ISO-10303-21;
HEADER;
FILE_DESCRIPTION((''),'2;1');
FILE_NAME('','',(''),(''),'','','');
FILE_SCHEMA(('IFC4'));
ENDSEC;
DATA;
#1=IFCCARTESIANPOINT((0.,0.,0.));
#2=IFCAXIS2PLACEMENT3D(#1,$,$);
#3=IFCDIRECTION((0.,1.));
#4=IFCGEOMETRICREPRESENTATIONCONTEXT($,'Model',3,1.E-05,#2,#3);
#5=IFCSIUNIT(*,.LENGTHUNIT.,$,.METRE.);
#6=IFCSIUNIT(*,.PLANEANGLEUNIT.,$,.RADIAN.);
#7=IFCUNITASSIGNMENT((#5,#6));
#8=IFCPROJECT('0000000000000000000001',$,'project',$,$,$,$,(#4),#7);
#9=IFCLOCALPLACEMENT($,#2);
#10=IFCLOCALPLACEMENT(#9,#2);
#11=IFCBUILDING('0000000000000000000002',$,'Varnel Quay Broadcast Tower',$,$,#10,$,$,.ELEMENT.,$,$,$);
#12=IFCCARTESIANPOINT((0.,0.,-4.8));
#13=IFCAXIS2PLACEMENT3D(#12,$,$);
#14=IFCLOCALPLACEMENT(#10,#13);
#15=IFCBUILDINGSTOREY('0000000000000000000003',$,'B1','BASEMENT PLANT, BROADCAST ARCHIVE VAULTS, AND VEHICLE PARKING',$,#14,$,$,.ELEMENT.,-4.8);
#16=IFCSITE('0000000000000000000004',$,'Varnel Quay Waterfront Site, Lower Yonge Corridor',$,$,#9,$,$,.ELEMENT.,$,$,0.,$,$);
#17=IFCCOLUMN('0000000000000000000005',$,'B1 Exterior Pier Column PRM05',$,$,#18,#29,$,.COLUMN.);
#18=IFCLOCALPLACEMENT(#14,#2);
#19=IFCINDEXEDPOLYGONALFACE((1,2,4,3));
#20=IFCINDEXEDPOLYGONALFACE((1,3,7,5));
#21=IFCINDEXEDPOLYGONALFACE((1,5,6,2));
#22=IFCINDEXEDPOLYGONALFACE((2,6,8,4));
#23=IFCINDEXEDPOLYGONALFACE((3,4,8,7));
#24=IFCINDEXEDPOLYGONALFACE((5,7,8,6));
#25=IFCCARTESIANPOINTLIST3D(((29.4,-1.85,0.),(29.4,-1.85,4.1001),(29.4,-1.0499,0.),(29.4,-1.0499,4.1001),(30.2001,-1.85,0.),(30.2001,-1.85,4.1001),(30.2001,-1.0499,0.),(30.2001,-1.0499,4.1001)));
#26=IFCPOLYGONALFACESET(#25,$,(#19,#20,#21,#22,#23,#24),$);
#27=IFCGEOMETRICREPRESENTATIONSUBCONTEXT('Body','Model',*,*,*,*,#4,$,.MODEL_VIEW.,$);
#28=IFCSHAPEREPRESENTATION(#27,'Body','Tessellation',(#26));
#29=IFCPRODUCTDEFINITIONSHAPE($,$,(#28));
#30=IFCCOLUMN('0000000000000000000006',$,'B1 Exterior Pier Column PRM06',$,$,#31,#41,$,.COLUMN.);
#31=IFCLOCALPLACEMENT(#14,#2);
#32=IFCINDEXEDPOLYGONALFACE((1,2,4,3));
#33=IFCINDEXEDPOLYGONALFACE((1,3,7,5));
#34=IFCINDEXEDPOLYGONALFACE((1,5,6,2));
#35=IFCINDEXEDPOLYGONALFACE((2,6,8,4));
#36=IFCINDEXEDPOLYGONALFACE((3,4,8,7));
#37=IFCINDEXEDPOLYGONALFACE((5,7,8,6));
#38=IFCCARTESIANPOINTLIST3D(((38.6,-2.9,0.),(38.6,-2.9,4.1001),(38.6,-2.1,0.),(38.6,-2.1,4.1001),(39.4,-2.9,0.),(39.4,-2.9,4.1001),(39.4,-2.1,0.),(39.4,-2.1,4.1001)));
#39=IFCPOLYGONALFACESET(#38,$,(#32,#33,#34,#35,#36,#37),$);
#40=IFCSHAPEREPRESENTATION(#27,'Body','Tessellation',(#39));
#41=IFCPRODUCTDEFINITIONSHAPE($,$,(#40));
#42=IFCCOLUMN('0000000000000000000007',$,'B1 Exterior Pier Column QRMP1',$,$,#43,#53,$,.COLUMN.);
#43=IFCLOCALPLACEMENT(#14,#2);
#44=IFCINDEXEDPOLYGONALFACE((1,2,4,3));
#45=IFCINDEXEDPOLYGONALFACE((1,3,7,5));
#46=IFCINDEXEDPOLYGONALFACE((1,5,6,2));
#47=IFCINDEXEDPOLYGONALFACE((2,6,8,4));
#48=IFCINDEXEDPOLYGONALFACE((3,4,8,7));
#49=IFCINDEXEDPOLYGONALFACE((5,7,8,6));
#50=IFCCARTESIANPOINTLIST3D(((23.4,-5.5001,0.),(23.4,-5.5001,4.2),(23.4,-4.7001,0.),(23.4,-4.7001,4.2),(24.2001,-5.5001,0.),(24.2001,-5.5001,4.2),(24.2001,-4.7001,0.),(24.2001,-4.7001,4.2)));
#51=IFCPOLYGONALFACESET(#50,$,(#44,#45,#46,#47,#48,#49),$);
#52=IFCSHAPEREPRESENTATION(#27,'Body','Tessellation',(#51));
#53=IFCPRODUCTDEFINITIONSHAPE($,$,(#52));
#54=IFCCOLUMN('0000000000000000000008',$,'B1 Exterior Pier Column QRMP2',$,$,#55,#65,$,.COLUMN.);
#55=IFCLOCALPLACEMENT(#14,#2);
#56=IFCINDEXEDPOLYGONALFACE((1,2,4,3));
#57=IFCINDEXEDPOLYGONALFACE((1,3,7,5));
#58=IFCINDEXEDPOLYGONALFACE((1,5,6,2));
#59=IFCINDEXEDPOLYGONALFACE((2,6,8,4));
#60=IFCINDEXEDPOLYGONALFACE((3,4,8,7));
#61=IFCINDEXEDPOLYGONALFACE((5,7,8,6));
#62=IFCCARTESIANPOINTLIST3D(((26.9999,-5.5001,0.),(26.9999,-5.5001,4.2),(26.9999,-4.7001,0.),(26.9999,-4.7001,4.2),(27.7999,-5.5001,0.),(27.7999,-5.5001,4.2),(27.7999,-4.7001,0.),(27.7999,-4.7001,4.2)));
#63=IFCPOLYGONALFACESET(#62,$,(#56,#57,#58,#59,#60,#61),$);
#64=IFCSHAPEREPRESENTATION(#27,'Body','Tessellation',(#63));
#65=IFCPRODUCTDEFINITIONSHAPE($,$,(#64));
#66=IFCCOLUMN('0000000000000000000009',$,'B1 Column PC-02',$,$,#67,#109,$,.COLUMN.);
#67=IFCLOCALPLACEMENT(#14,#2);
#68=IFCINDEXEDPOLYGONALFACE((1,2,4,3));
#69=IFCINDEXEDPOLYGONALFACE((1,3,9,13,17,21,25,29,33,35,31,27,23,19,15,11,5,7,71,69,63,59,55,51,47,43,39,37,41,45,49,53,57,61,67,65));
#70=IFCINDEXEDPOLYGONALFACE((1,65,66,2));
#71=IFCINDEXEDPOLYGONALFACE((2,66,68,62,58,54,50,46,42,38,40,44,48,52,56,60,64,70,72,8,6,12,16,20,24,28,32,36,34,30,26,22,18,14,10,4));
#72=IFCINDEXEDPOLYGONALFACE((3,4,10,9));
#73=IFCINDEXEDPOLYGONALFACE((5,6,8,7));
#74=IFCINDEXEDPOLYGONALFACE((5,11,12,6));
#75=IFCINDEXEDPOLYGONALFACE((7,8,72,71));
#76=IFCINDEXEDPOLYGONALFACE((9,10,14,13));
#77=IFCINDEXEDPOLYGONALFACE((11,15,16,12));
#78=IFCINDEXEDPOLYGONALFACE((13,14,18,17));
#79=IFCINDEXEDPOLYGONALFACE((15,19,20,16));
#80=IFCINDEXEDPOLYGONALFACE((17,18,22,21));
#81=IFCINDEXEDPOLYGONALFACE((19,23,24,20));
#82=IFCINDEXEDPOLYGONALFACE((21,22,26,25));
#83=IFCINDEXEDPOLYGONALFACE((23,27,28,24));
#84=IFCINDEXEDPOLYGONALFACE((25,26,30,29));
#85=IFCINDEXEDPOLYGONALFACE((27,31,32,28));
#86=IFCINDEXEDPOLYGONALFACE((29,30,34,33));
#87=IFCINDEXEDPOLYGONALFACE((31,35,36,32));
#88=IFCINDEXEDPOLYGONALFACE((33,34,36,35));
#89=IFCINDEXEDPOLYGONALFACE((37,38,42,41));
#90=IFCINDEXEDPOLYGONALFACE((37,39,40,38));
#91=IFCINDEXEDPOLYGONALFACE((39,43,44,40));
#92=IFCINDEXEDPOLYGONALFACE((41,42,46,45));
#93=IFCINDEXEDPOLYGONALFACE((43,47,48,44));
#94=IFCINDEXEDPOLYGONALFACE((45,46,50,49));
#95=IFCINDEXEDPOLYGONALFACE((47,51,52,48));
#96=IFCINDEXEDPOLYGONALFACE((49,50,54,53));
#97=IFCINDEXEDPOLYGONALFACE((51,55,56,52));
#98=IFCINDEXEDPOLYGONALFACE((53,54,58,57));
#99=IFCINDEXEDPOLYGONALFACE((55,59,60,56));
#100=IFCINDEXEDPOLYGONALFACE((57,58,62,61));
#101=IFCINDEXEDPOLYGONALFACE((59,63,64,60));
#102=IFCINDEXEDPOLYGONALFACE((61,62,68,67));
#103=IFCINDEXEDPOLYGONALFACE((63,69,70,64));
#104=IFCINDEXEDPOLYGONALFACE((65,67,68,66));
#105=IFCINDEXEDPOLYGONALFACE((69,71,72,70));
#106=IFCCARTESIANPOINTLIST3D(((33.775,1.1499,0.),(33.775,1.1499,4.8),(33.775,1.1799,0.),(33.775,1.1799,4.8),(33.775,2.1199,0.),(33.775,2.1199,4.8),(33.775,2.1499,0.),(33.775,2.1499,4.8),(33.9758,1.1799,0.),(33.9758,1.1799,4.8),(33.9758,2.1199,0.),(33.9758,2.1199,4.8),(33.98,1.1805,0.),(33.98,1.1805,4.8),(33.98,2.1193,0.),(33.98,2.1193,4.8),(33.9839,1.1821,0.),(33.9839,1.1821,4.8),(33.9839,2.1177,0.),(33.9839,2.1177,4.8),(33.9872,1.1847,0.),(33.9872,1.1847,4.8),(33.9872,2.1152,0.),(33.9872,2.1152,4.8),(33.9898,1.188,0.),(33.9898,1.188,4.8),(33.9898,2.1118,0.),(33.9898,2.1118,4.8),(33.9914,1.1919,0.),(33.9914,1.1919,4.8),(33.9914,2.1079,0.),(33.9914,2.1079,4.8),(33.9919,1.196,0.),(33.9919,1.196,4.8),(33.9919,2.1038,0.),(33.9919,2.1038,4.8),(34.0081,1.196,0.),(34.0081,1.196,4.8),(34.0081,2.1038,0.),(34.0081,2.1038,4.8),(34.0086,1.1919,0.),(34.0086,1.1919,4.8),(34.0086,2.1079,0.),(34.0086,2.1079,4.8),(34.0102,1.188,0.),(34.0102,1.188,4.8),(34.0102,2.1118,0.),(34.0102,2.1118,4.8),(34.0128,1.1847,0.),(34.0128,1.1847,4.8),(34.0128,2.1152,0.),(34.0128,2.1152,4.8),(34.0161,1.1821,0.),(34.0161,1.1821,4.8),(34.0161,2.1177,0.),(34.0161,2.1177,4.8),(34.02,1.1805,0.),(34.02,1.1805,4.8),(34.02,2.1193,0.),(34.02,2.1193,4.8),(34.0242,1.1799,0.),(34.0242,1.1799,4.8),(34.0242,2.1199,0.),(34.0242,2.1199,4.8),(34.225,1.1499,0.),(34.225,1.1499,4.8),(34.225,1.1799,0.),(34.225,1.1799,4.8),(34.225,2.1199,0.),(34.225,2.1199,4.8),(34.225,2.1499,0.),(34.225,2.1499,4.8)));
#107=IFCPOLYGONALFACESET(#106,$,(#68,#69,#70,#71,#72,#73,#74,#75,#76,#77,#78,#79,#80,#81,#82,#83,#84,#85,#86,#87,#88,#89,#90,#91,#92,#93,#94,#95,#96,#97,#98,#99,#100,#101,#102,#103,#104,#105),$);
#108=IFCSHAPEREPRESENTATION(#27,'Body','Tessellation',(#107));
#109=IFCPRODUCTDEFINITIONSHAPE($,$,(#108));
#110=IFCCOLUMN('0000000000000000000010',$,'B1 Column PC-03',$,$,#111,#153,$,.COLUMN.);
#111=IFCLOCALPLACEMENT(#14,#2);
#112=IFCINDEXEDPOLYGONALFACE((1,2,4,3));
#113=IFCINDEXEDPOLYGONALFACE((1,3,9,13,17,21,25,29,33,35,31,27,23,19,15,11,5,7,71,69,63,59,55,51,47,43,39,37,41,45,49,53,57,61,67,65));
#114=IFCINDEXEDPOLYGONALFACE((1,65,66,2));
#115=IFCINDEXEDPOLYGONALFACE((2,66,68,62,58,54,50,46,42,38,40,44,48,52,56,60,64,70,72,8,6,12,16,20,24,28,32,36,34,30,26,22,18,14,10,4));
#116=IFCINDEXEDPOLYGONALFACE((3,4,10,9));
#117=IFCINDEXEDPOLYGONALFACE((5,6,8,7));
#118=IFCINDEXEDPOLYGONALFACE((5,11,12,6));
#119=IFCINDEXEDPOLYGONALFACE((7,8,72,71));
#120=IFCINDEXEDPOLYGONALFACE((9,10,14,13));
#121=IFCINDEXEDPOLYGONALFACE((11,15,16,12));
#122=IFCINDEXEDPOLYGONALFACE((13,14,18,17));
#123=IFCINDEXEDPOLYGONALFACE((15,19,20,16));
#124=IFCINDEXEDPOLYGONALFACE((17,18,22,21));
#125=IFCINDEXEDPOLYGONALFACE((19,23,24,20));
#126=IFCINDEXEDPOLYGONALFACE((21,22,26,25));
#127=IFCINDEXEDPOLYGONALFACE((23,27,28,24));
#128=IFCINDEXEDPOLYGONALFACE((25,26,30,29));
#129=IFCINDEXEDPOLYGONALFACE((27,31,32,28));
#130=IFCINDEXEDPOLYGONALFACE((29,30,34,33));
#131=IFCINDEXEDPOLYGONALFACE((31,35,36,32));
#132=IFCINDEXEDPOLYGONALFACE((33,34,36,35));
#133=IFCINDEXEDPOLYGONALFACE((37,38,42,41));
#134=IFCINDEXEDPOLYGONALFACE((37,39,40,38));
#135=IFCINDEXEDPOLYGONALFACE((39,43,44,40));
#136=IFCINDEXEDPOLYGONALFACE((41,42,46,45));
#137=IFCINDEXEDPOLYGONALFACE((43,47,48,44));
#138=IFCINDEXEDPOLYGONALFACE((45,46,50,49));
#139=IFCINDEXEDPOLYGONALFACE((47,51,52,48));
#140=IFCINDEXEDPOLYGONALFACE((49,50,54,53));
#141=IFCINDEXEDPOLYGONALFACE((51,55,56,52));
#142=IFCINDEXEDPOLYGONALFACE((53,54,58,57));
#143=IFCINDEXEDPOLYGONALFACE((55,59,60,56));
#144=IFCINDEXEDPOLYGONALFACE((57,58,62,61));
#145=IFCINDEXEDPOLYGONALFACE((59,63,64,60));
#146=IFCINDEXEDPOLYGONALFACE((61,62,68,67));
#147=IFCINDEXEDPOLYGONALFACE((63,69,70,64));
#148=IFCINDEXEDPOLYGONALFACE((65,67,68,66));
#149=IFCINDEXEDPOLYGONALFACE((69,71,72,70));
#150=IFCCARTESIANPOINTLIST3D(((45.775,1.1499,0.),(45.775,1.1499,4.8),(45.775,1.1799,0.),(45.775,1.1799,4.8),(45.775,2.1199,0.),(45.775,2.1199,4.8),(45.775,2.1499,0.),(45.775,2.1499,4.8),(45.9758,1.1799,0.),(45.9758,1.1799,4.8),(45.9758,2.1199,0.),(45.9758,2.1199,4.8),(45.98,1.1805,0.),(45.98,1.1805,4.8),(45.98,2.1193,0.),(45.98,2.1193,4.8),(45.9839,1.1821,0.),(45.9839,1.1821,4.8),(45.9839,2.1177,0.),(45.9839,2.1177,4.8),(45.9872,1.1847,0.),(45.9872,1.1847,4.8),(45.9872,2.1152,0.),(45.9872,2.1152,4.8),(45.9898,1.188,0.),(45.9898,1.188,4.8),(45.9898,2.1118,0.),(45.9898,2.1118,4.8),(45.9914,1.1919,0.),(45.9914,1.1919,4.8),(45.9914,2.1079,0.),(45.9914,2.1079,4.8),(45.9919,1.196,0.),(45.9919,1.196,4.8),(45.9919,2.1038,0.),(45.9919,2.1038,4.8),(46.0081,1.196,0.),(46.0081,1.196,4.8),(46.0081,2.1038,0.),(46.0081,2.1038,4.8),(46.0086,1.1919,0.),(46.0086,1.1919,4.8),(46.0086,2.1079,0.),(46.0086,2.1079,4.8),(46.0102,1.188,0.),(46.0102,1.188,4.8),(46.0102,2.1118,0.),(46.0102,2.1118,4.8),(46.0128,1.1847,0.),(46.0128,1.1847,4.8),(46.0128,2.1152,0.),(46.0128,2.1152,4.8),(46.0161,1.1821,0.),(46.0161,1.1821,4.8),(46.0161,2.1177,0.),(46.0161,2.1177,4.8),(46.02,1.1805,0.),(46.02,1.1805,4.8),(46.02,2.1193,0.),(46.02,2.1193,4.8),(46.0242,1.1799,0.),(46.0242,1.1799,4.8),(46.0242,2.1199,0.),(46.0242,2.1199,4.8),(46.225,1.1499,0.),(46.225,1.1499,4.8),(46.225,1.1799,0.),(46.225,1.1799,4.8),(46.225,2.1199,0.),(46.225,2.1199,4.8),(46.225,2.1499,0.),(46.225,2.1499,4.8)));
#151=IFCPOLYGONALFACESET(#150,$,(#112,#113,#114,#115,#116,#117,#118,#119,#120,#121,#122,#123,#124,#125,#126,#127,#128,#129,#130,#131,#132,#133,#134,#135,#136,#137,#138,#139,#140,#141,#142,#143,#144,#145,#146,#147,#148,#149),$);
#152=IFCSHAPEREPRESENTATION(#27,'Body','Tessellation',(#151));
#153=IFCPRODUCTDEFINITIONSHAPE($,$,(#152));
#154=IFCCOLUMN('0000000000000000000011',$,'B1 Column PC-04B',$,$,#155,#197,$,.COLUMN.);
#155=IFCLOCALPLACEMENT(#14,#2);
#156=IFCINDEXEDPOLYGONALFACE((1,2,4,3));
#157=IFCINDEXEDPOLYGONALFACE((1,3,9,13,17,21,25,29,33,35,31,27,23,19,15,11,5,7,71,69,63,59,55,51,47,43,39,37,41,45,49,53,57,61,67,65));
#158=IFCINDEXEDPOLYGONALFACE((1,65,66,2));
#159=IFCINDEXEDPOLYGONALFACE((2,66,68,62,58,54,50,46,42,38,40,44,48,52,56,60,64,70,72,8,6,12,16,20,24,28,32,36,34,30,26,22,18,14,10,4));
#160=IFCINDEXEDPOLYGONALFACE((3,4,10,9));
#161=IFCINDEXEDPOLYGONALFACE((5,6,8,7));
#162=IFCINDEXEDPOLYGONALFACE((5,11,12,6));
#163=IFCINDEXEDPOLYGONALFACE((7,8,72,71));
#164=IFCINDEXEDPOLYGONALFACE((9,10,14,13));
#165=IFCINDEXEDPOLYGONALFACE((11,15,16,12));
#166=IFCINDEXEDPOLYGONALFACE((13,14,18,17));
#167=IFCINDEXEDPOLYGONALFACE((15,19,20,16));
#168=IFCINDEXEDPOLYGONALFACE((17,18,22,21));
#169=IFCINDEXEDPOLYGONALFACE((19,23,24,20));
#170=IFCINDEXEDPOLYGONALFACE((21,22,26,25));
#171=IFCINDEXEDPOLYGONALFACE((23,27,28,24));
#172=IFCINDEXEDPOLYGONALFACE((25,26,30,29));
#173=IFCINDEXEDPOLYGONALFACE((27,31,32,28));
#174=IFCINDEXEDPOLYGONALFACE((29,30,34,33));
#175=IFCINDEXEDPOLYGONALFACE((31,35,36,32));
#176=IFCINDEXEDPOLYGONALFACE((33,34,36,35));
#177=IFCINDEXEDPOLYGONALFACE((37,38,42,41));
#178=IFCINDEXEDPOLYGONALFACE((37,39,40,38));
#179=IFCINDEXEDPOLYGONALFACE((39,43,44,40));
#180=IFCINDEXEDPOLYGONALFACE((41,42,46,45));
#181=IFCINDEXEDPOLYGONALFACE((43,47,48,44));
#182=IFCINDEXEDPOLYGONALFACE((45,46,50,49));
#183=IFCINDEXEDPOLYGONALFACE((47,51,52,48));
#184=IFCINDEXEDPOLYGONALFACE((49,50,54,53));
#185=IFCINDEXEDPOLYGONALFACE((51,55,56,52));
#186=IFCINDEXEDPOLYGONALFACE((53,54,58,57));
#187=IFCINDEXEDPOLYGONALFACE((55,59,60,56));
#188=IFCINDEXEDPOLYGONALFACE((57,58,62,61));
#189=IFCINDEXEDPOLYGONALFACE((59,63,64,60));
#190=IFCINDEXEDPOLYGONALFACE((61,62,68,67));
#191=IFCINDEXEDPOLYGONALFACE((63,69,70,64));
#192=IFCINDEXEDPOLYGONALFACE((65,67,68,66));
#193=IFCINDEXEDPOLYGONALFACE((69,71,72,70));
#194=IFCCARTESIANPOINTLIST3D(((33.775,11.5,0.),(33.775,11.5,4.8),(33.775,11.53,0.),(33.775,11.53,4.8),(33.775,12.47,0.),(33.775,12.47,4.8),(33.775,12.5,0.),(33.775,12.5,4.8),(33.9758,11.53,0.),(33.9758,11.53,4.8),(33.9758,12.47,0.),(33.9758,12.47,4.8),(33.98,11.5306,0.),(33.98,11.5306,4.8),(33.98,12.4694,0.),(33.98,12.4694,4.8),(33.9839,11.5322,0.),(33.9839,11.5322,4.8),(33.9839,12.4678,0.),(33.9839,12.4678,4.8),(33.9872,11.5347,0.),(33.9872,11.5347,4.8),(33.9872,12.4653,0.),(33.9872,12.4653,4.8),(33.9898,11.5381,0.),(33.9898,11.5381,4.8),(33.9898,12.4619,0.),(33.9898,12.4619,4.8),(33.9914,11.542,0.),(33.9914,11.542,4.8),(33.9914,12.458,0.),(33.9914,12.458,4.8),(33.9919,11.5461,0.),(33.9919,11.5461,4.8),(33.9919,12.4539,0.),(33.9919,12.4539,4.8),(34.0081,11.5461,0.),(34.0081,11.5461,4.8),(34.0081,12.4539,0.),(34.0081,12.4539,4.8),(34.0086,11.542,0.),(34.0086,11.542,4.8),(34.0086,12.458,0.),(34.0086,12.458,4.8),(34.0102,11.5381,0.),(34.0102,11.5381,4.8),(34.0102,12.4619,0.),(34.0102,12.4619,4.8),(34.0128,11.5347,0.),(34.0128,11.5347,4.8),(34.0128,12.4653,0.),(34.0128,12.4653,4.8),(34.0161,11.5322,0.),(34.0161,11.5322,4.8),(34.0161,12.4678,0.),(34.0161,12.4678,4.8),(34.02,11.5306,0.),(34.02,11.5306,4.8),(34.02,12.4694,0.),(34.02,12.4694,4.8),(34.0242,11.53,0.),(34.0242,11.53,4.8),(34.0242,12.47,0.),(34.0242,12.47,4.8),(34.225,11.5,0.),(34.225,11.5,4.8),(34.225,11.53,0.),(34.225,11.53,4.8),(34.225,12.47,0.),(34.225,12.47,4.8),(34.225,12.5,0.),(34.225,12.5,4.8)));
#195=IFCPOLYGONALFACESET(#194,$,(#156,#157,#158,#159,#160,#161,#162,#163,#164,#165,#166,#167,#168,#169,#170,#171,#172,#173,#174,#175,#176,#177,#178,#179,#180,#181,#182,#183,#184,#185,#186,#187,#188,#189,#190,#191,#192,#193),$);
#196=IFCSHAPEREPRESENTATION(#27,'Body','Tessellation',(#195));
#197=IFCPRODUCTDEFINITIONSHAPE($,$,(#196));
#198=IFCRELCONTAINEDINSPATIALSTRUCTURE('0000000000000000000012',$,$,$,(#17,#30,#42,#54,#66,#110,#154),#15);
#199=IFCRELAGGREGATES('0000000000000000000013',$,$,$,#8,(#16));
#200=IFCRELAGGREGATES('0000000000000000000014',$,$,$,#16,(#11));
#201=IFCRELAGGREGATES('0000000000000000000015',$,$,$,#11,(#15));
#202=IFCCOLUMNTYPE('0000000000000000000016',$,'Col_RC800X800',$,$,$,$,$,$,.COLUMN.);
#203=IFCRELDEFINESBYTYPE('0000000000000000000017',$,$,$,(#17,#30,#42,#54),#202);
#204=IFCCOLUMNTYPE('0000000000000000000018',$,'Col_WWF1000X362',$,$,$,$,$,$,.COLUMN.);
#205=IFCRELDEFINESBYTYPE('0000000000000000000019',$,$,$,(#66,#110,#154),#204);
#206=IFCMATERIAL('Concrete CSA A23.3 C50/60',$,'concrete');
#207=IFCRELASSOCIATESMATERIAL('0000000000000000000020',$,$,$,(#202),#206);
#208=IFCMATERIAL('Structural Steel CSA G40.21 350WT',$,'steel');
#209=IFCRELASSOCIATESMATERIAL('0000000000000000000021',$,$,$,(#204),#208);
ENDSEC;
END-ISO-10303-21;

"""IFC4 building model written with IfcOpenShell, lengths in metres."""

from ifc_helpers import new_model, si_unit, direction, frame, origin, origin_2d, place, context, subcontext, project, spatial, rectangle, i_section, extrude, source, transform, mapped, material, material_profile, profile_set, type_object, type_shapes, element, save


model = new_model("IFC4")

# Units and contexts
model_context = context("Model", 3, precision=1e-05, world=origin(), true_north=direction((0.0, 1.0)))
body_context = subcontext(model_context, "Body", "Model", "MODEL_VIEW")
ifc_project = project(units=[si_unit("LENGTHUNIT", "METRE"), si_unit("PLANEANGLEUNIT", "RADIAN")], contexts=[model_context])

# Site, building, storey
site_placement = place(None, origin())
site = spatial("IfcSite", under=ifc_project, at=site_placement, Name="Varnel Quay Waterfront Site, Lower Yonge Corridor", CompositionType="ELEMENT", RefElevation=0.0)
building_placement = place(site_placement, origin())
building = spatial("IfcBuilding", under=site, at=building_placement, Name="Varnel Quay Broadcast Tower", CompositionType="ELEMENT")
storey_placement = place(building_placement, frame((0.0, 0.0, -4.8)))
storey = spatial("IfcBuildingStorey", under=building, at=storey_placement, Name="B1", Description="BASEMENT PLANT, BROADCAST ARCHIVE VAULTS, AND VEHICLE PARKING", CompositionType="ELEMENT", Elevation=-4.8)

# Columns
ifc_material_1 = material(Name="Concrete CSA A23.3 C50/60", Category="concrete")
ifc_material_profile_1 = material_profile(ifc_material_1, rectangle(XDim=0.8, YDim=0.8, at=origin_2d()), Name="RC800X800")
ifc_profile_set_1 = profile_set([ifc_material_profile_1], Name="Concrete CSA A23.3 C50/60")
column_type_1 = type_object("IfcColumnType", Name="Col_RC800X800", PredefinedType="COLUMN", material=ifc_profile_set_1)
shared_shape_1 = source(origin(), body_context, "Body", "SweptSolid", [
    extrude(rectangle(XDim=0.8, YDim=0.8, at=origin_2d()), origin(), (0.0, 0.0, 1.0), 4.1001),
])
for number, where, z_axis, x_axis, name in (
    (1, (29.8, -1.45, 0.0), (0.0, 0.0, 1.0), (1.0, 0.0, 0.0), "B1 Exterior Pier Column PRM05"),
    (2, (39.0, -2.5, 0.0), (0.0, 0.0, 1.0), (1.0, 0.0, 0.0), "B1 Exterior Pier Column PRM06"),
):
    element("IfcColumn", number, at=place(storey_placement, frame(where, z_axis=z_axis, x_axis=x_axis)), inside=storey, type_object=column_type_1, Name=name, PredefinedType="COLUMN", context=body_context, shape_type="MappedRepresentation", body=[
        mapped(shared_shape_1, transform((0.0, 0.0, 0.0), x_axis=(1.0, 0.0, 0.0), y_axis=(0.0, 1.0, 0.0), z_axis=(0.0, 0.0, 1.0), scale=1.0)),
    ])
shared_shape_2 = source(origin(), body_context, "Body", "SweptSolid", [
    extrude(rectangle(XDim=0.8, YDim=0.8, at=origin_2d()), origin(), (0.0, 0.0, 1.0), 4.2),
])
type_shapes(column_type_1, [shared_shape_1, shared_shape_2])
for number, where, z_axis, x_axis, name in (
    (3, (23.8, -5.1001, 0.0), (0.0, 0.0, 1.0), (1.0, 0.0, 0.0), "B1 Exterior Pier Column QRMP1"),
    (4, (27.3999, -5.1001, 0.0), (0.0, 0.0, 1.0), (1.0, 0.0, 0.0), "B1 Exterior Pier Column QRMP2"),
):
    element("IfcColumn", number, at=place(storey_placement, frame(where, z_axis=z_axis, x_axis=x_axis)), inside=storey, type_object=column_type_1, Name=name, PredefinedType="COLUMN", context=body_context, shape_type="MappedRepresentation", body=[
        mapped(shared_shape_2, transform((0.0, 0.0, 0.0), x_axis=(1.0, 0.0, 0.0), y_axis=(0.0, 1.0, 0.0), z_axis=(0.0, 0.0, 1.0), scale=1.0)),
    ])
ifc_material_2 = material(Name="Structural Steel CSA G40.21 350WT", Category="steel")
ifc_material_profile_2 = material_profile(ifc_material_2, i_section(OverallWidth=0.45, OverallDepth=1.0, WebThickness=0.0161, FlangeThickness=0.03, FilletRadius=0.0161, at=origin_2d()), Name="WWF1000X362")
ifc_profile_set_2 = profile_set([ifc_material_profile_2], Name="Structural Steel CSA G40.21 350WT")
column_type_2 = type_object("IfcColumnType", Name="Col_WWF1000X362", PredefinedType="COLUMN", material=ifc_profile_set_2)
shared_shape_3 = source(origin(), body_context, "Body", "SweptSolid", [
    extrude(i_section(OverallWidth=0.45, OverallDepth=1.0, WebThickness=0.0161, FlangeThickness=0.03, FilletRadius=0.0161, at=origin_2d()), origin(), (0.0, 0.0, 1.0), 4.8),
])
type_shapes(column_type_2, [shared_shape_3])
for number, where, z_axis, x_axis, name in (
    (5, (34.0, 1.6499, 0.0), (0.0, 0.0, 1.0), (1.0, 0.0, 0.0), "B1 Column PC-02"),
    (6, (46.0, 1.6499, 0.0), (0.0, 0.0, 1.0), (1.0, 0.0, 0.0), "B1 Column PC-03"),
    (7, (34.0, 12.0, 0.0), (0.0, 0.0, 1.0), (1.0, 0.0, 0.0), "B1 Column PC-04B"),
):
    element("IfcColumn", number, at=place(storey_placement, frame(where, z_axis=z_axis, x_axis=x_axis)), inside=storey, type_object=column_type_2, Name=name, PredefinedType="COLUMN", context=body_context, shape_type="MappedRepresentation", body=[
        mapped(shared_shape_3, transform((0.0, 0.0, 0.0), x_axis=(1.0, 0.0, 0.0), y_axis=(0.0, 1.0, 0.0), z_axis=(0.0, 0.0, 1.0), scale=1.0)),
    ])

save(model, "model.ifc")
